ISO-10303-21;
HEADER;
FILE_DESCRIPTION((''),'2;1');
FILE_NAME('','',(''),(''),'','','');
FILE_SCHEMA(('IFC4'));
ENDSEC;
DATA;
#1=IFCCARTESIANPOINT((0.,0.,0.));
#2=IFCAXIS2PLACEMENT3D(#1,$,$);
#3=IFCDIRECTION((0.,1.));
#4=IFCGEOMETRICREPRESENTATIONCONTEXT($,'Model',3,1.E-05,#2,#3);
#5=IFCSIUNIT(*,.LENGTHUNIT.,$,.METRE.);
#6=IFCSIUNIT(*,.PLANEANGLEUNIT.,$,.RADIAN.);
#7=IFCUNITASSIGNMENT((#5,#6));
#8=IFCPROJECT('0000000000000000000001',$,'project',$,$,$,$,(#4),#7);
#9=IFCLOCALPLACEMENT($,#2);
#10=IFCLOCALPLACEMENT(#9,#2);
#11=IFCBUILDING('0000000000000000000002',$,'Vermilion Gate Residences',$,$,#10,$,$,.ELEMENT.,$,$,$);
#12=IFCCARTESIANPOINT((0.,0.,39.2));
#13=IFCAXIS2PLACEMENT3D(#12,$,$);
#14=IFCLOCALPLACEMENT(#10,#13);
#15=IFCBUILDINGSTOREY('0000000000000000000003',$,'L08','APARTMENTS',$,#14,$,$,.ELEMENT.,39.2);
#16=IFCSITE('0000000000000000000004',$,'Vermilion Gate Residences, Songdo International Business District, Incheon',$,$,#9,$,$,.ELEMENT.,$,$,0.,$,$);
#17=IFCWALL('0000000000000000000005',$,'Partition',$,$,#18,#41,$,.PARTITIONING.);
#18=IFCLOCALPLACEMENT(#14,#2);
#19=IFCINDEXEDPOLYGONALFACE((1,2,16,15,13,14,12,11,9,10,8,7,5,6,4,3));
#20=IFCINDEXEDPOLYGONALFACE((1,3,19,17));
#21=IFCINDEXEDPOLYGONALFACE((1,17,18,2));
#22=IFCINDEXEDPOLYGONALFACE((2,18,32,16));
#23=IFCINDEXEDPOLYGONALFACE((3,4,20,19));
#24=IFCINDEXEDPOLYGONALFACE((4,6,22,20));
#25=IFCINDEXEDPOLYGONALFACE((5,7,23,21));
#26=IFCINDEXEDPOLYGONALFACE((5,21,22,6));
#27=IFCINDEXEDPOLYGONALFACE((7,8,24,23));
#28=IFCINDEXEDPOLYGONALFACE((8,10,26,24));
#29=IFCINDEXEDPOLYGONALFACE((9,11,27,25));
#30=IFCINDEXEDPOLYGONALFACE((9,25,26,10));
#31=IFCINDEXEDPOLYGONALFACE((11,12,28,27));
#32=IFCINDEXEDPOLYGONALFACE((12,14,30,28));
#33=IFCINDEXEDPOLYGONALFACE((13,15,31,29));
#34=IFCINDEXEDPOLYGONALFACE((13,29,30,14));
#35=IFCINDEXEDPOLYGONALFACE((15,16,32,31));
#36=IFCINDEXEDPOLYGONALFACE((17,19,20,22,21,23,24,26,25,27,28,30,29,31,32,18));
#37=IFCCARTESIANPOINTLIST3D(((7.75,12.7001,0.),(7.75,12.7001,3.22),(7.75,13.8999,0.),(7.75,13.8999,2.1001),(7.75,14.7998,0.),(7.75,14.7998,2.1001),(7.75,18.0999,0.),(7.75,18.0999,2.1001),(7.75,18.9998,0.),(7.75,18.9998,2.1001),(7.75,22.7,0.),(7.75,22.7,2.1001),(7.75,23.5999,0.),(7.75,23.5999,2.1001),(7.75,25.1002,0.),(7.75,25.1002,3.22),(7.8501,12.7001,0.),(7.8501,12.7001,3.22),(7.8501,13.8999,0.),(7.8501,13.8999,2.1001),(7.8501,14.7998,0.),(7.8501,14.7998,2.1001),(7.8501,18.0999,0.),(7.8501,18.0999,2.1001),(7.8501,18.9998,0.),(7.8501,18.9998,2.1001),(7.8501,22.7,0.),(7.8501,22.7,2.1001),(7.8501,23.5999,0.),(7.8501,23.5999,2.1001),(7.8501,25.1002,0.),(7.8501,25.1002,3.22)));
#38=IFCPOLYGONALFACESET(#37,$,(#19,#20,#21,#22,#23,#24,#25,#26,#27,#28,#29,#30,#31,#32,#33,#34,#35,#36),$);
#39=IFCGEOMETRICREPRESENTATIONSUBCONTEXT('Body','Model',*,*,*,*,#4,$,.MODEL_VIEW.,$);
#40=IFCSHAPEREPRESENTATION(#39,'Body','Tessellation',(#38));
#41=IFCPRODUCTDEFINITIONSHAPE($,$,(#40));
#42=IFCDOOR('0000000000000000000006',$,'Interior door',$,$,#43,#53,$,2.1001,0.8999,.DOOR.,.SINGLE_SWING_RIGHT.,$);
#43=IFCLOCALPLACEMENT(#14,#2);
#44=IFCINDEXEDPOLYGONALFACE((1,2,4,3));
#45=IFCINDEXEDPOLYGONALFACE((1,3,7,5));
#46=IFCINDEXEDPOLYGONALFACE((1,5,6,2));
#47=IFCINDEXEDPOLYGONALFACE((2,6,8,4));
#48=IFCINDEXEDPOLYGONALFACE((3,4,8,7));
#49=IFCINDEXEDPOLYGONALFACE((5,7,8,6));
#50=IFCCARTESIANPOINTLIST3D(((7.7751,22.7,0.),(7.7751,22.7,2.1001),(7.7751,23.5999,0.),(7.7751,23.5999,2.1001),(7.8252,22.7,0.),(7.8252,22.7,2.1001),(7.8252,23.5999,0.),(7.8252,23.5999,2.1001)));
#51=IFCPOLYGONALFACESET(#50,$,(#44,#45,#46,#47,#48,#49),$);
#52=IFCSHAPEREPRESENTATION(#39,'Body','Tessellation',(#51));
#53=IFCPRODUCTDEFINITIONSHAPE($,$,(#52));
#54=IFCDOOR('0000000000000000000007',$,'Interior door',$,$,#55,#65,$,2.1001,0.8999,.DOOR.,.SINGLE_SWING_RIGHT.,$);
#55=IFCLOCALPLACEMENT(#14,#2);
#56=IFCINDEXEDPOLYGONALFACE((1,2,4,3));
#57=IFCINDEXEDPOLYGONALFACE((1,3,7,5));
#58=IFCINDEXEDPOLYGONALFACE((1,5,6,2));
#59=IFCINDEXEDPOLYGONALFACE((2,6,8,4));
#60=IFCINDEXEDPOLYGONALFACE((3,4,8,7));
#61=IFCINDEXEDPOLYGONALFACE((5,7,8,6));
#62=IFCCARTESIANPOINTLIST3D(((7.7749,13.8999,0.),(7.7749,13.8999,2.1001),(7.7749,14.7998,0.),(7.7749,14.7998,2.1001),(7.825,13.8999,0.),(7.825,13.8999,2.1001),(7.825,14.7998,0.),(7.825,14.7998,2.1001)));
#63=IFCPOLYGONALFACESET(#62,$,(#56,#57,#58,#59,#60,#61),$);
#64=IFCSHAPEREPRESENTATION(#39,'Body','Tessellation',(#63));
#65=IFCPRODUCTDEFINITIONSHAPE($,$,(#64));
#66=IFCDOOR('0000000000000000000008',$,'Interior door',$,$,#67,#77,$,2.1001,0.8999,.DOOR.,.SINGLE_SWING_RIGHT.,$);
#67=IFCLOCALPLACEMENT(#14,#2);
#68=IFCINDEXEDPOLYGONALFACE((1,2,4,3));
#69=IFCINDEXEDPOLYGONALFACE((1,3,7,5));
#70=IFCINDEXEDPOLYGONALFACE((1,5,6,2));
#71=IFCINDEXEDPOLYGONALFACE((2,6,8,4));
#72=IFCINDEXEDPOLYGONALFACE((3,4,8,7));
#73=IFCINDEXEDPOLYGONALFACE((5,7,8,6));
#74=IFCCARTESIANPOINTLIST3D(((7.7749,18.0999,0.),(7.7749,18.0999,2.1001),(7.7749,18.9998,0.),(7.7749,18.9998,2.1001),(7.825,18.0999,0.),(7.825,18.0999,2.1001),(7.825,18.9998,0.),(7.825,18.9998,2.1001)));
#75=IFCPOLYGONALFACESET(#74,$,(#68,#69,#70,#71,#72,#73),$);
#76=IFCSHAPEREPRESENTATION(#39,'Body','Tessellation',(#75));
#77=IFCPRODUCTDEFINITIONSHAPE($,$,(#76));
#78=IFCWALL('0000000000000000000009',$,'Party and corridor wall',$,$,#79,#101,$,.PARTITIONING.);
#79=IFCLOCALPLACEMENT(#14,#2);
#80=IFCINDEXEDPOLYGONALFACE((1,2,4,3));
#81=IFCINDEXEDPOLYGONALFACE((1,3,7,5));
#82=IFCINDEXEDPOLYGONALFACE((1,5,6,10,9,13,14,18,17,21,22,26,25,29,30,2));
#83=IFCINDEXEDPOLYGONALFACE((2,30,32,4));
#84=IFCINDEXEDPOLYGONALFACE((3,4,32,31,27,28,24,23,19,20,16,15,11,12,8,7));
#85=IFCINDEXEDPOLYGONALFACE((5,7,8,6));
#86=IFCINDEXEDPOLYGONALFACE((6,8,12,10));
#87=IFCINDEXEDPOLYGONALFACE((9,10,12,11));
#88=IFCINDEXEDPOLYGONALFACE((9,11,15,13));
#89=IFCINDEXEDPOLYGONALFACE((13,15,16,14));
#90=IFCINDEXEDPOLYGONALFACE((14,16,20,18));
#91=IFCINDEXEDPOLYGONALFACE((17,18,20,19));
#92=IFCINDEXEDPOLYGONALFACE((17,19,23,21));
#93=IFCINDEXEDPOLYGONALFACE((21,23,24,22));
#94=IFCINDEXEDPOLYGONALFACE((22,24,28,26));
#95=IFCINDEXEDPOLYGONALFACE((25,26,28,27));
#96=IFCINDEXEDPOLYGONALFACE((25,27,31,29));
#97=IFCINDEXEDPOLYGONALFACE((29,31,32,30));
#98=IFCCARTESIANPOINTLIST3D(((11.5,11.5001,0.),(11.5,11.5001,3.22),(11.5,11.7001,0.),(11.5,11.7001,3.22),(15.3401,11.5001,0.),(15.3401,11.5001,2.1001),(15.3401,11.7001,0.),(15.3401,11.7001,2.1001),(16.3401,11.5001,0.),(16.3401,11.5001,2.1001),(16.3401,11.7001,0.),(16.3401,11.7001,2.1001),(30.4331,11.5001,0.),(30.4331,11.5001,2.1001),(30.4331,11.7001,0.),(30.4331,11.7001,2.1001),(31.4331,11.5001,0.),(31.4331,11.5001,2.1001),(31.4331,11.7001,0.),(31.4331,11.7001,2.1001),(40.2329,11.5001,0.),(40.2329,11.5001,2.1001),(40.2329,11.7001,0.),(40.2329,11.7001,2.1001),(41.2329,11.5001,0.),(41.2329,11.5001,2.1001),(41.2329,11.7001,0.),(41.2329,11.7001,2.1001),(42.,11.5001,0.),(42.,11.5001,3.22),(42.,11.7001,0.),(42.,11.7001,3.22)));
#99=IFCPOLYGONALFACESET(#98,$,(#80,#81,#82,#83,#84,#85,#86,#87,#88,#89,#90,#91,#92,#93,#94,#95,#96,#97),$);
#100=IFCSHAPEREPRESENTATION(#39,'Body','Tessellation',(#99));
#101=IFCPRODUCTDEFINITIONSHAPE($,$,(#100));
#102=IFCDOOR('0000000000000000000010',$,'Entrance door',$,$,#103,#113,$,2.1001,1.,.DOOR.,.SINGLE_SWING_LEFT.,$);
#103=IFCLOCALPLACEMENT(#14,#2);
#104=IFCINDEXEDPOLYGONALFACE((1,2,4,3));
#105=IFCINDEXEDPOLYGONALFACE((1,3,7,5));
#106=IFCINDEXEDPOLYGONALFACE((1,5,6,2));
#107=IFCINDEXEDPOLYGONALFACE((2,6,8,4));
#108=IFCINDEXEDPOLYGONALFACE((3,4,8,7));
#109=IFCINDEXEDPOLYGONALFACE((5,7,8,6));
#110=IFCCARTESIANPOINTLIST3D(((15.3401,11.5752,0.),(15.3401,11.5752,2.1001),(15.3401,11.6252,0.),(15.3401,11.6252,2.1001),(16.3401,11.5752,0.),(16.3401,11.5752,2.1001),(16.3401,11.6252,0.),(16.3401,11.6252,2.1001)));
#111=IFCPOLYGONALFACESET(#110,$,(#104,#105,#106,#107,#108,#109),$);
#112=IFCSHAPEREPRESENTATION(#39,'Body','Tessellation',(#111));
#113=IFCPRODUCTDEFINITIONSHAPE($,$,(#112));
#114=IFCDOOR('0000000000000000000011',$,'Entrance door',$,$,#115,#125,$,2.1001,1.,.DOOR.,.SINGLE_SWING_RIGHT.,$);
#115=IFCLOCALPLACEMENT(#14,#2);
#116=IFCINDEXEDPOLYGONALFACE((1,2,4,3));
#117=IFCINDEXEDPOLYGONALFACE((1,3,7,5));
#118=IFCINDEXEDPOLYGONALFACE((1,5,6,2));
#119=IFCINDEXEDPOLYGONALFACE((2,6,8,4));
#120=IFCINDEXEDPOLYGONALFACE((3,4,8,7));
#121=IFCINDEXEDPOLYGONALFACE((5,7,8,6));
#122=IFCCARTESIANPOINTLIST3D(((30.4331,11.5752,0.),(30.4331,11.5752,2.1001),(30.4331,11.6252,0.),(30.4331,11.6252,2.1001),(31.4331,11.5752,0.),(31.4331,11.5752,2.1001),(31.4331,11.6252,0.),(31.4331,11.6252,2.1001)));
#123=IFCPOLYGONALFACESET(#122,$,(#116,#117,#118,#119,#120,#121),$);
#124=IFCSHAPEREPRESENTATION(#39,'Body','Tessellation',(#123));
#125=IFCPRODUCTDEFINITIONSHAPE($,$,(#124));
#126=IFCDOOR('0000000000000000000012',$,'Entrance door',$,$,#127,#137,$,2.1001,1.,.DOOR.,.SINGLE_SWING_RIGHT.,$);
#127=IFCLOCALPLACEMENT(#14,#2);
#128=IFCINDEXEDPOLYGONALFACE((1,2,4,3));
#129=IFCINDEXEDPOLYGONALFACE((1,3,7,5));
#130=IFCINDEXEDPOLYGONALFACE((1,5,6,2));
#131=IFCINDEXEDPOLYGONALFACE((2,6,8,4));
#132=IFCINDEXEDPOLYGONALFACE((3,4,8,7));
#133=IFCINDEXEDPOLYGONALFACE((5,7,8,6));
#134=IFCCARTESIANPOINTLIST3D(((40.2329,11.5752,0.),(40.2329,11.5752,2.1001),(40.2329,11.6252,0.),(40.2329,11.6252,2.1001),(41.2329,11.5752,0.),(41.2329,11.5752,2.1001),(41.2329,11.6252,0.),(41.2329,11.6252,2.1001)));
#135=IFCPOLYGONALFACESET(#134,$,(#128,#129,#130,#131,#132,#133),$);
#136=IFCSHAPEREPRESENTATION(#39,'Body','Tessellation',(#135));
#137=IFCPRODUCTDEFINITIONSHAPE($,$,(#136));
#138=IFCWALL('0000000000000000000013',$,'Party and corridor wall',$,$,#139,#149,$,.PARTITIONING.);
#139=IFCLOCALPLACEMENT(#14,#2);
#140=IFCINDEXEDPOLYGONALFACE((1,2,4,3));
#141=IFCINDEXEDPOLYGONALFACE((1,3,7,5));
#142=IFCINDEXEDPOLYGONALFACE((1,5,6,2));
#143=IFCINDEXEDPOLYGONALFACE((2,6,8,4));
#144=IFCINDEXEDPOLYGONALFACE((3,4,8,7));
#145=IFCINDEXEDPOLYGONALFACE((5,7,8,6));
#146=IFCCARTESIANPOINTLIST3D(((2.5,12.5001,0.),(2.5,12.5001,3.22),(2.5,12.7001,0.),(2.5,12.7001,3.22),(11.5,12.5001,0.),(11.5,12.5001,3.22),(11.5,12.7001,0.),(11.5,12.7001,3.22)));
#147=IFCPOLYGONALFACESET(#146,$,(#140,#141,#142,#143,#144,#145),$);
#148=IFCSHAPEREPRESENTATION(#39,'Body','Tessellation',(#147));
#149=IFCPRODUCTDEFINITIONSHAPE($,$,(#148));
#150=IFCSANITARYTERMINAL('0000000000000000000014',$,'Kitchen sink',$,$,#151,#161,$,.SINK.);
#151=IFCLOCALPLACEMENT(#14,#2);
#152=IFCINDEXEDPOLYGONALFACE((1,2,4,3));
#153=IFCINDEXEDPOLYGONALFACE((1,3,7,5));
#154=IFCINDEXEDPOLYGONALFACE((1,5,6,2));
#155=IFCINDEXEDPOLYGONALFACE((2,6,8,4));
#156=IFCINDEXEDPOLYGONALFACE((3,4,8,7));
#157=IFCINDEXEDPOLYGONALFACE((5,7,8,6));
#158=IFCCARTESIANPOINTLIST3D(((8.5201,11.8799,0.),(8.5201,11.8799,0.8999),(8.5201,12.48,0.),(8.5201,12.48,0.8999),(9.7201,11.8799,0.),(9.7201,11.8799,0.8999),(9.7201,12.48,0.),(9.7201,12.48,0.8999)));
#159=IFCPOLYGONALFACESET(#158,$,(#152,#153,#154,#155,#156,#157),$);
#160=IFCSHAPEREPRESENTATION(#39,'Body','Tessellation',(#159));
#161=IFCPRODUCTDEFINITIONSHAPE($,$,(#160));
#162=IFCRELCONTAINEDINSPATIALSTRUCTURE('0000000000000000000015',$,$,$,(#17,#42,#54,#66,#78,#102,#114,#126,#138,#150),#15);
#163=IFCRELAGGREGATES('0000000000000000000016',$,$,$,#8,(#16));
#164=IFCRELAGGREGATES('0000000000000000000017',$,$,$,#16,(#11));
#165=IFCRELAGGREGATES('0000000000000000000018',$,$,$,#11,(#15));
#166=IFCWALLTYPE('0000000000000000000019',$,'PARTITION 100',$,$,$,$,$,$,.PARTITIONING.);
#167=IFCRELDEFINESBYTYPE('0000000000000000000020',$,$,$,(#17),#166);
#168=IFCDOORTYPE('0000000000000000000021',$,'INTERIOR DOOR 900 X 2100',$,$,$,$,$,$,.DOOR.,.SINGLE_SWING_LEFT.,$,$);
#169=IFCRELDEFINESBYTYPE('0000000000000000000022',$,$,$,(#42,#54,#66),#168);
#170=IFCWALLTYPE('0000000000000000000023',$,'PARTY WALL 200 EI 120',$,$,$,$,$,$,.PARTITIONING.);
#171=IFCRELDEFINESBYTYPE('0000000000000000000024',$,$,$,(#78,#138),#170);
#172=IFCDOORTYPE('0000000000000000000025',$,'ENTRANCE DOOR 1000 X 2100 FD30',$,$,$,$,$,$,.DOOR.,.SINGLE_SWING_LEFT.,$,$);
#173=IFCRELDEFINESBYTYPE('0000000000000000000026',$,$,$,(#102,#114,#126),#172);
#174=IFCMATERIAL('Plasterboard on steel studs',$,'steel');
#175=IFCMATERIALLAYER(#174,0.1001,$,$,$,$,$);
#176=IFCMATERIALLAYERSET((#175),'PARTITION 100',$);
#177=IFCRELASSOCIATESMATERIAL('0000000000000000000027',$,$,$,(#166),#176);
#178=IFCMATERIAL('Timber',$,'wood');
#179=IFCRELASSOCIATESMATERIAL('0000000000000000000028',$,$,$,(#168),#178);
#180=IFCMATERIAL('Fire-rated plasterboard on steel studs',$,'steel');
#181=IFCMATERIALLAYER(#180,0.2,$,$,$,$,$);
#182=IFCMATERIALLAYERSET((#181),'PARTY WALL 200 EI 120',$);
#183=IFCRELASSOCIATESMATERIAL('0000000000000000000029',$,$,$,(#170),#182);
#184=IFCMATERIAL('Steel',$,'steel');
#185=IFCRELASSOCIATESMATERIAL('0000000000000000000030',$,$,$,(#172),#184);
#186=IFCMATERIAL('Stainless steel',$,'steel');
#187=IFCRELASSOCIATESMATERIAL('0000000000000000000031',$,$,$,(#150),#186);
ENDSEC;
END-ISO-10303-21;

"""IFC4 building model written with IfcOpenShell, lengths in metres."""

from ifc_helpers import new_model, si_unit, direction, frame, frame_2d, origin, origin_2d, place, context, subcontext, project, spatial, rectangle, extrude, material, layer, layer_set, type_object, element, fill, save


model = new_model("IFC4")

# Units and contexts
model_context = context("Model", 3, precision=1e-05, world=origin(), true_north=direction((0.0, 1.0)))
body_context = subcontext(model_context, "Body", "Model", "MODEL_VIEW")
ifc_project = project(units=[si_unit("LENGTHUNIT", "METRE"), si_unit("PLANEANGLEUNIT", "RADIAN")], contexts=[model_context])

# Site, building, storey
site_placement = place(None, origin())
site = spatial("IfcSite", under=ifc_project, at=site_placement, Name="Vermilion Gate Residences, Songdo International Business District, Incheon", CompositionType="ELEMENT", RefElevation=0.0)
building_placement = place(site_placement, origin())
building = spatial("IfcBuilding", under=site, at=building_placement, Name="Vermilion Gate Residences", CompositionType="ELEMENT")
storey_placement = place(building_placement, frame((0.0, 0.0, 39.2)))
storey = spatial("IfcBuildingStorey", under=building, at=storey_placement, Name="L08", Description="APARTMENTS", CompositionType="ELEMENT", Elevation=39.2)

# Shared definitions
ifc_material_1 = material(Name="Plasterboard on steel studs", Category="steel")
ifc_layer_1 = layer(ifc_material_1, 0.1001)
ifc_layer_set_1 = layer_set([ifc_layer_1], Name="PARTITION 100")
wall_type_1 = type_object("IfcWallType", Name="PARTITION 100", PredefinedType="PARTITIONING", material=ifc_layer_set_1)

# Walls, openings, doors
ifc_material_2 = material(Name="Timber", Category="wood")
door_type_1 = type_object("IfcDoorType", Name="INTERIOR DOOR 900 X 2100", OperationType="SINGLE_SWING_LEFT", PredefinedType="DOOR", material=ifc_material_2)
wall_1_placement = place(storey_placement, frame((7.8, 12.7, 0.0), z_axis=(0.0, 0.0, 1.0), x_axis=(0.0, 1.0, 0.0)))
wall_1 = element("IfcWall", 1, at=wall_1_placement, inside=storey, type_object=wall_type_1, Name="Partition", PredefinedType="PARTITIONING", context=body_context, shape_type="SweptSolid", body=[
    extrude(rectangle(XDim=12.4001, YDim=0.1001, at=frame_2d((6.2002, 0.0))), origin(), (0.0, 0.0, 1.0), 3.22),
])
opening_1_placement = place(wall_1_placement, frame((10.0, 0.0, 0.0)))
opening_1 = element("IfcOpeningElement", 2, at=opening_1_placement, cuts=wall_1, PredefinedType="OPENING", context=body_context, shape_type="SweptSolid", body=[
    extrude(rectangle(XDim=0.8999, YDim=2.1001, at=frame_2d((0.45, 1.05))), frame((0.0, 0.0601, 0.0), z_axis=(0.0, -1.0, 0.0), x_axis=(1.0, 0.0, 0.0)), (0.0, 0.0, 1.0), 0.1201),
])
opening_2_placement = place(wall_1_placement, frame((1.2, 0.0, 0.0)))
opening_2 = element("IfcOpeningElement", 3, at=opening_2_placement, cuts=wall_1, PredefinedType="OPENING", context=body_context, shape_type="SweptSolid", body=[
    extrude(rectangle(XDim=0.8999, YDim=2.1001, at=frame_2d((0.45, 1.05))), frame((0.0, 0.0601, 0.0), z_axis=(0.0, -1.0, 0.0), x_axis=(1.0, 0.0, 0.0)), (0.0, 0.0, 1.0), 0.1201),
])
opening_3_placement = place(wall_1_placement, frame((5.3999, 0.0, 0.0)))
opening_3 = element("IfcOpeningElement", 4, at=opening_3_placement, cuts=wall_1, PredefinedType="OPENING", context=body_context, shape_type="SweptSolid", body=[
    extrude(rectangle(XDim=0.8999, YDim=2.1001, at=frame_2d((0.45, 1.05))), frame((0.0, 0.0601, 0.0), z_axis=(0.0, -1.0, 0.0), x_axis=(1.0, 0.0, 0.0)), (0.0, 0.0, 1.0), 0.1201),
])
door_1_placement = place(opening_1_placement, origin())
door_1 = element("IfcDoor", 5, at=door_1_placement, inside=storey, type_object=door_type_1, Name="Interior door", OperationType="SINGLE_SWING_RIGHT", OverallHeight=2.1001, OverallWidth=0.8999, PredefinedType="DOOR", context=body_context, shape_type="SweptSolid", body=[
    extrude(rectangle(XDim=0.8999, YDim=2.1001, at=frame_2d((0.45, 1.05))), frame((0.0, 0.0249, 0.0), z_axis=(0.0, -1.0, 0.0), x_axis=(1.0, 0.0, 0.0)), (0.0, 0.0, 1.0), 0.05),
])
fill(opening_1, door_1)
door_2_placement = place(opening_2_placement, frame((0.8999, 0.0, 0.0), z_axis=(0.0, 0.0, 1.0), x_axis=(-1.0, 0.0, 0.0)))
door_2 = element("IfcDoor", 6, at=door_2_placement, inside=storey, type_object=door_type_1, Name="Interior door", OperationType="SINGLE_SWING_RIGHT", OverallHeight=2.1001, OverallWidth=0.8999, PredefinedType="DOOR", context=body_context, shape_type="SweptSolid", body=[
    extrude(rectangle(XDim=0.8999, YDim=2.1001, at=frame_2d((0.45, 1.05))), frame((0.0, 0.0249, 0.0), z_axis=(0.0, -1.0, 0.0), x_axis=(1.0, 0.0, 0.0)), (0.0, 0.0, 1.0), 0.05),
])
fill(opening_2, door_2)
door_3_placement = place(opening_3_placement, frame((0.8999, 0.0, 0.0), z_axis=(0.0, 0.0, 1.0), x_axis=(-1.0, 0.0, 0.0)))
door_3 = element("IfcDoor", 7, at=door_3_placement, inside=storey, type_object=door_type_1, Name="Interior door", OperationType="SINGLE_SWING_RIGHT", OverallHeight=2.1001, OverallWidth=0.8999, PredefinedType="DOOR", context=body_context, shape_type="SweptSolid", body=[
    extrude(rectangle(XDim=0.8999, YDim=2.1001, at=frame_2d((0.45, 1.05))), frame((0.0, 0.0249, 0.0), z_axis=(0.0, -1.0, 0.0), x_axis=(1.0, 0.0, 0.0)), (0.0, 0.0, 1.0), 0.05),
])
fill(opening_3, door_3)
ifc_material_3 = material(Name="Fire-rated plasterboard on steel studs", Category="steel")
ifc_layer_2 = layer(ifc_material_3, 0.2)
ifc_layer_set_2 = layer_set([ifc_layer_2], Name="PARTY WALL 200 EI 120")
wall_type_2 = type_object("IfcWallType", Name="PARTY WALL 200 EI 120", PredefinedType="PARTITIONING", material=ifc_layer_set_2)
wall_2_placement = place(storey_placement, frame((11.5, 11.6001, 0.0), z_axis=(0.0, 0.0, 1.0), x_axis=(1.0, 0.0, 0.0)))
wall_2 = element("IfcWall", 8, at=wall_2_placement, inside=storey, type_object=wall_type_2, Name="Party and corridor wall", PredefinedType="PARTITIONING", context=body_context, shape_type="SweptSolid", body=[
    extrude(rectangle(XDim=30.5, YDim=0.2, at=frame_2d((15.25, 0.0))), origin(), (0.0, 0.0, 1.0), 3.22),
])
opening_4_placement = place(wall_2_placement, frame((3.8401, 0.0, 0.0)))
opening_4 = element("IfcOpeningElement", 9, at=opening_4_placement, cuts=wall_2, PredefinedType="OPENING", context=body_context, shape_type="SweptSolid", body=[
    extrude(rectangle(XDim=1.0, YDim=2.1001, at=frame_2d((0.5, 1.05))), frame((0.0, 0.1099, 0.0), z_axis=(0.0, -1.0, 0.0), x_axis=(1.0, 0.0, 0.0)), (0.0, 0.0, 1.0), 0.22),
])
opening_5_placement = place(wall_2_placement, frame((18.9331, 0.0, 0.0)))
opening_5 = element("IfcOpeningElement", 10, at=opening_5_placement, cuts=wall_2, PredefinedType="OPENING", context=body_context, shape_type="SweptSolid", body=[
    extrude(rectangle(XDim=1.0, YDim=2.1001, at=frame_2d((0.5, 1.05))), frame((0.0, 0.1099, 0.0), z_axis=(0.0, -1.0, 0.0), x_axis=(1.0, 0.0, 0.0)), (0.0, 0.0, 1.0), 0.22),
])
opening_6_placement = place(wall_2_placement, frame((28.7329, 0.0, 0.0)))
opening_6 = element("IfcOpeningElement", 11, at=opening_6_placement, cuts=wall_2, PredefinedType="OPENING", context=body_context, shape_type="SweptSolid", body=[
    extrude(rectangle(XDim=1.0, YDim=2.1001, at=frame_2d((0.5, 1.05))), frame((0.0, 0.1099, 0.0), z_axis=(0.0, -1.0, 0.0), x_axis=(1.0, 0.0, 0.0)), (0.0, 0.0, 1.0), 0.22),
])
ifc_material_4 = material(Name="Steel", Category="steel")
door_type_2 = type_object("IfcDoorType", Name="ENTRANCE DOOR 1000 X 2100 FD30", OperationType="SINGLE_SWING_LEFT", PredefinedType="DOOR", material=ifc_material_4)
door_4_placement = place(opening_4_placement, frame((1.0, 0.0, 0.0), z_axis=(0.0, 0.0, 1.0), x_axis=(-1.0, 0.0, 0.0)))
door_4 = element("IfcDoor", 12, at=door_4_placement, inside=storey, type_object=door_type_2, Name="Entrance door", OperationType="SINGLE_SWING_LEFT", OverallHeight=2.1001, OverallWidth=1.0, PredefinedType="DOOR", context=body_context, shape_type="SweptSolid", body=[
    extrude(rectangle(XDim=1.0, YDim=2.1001, at=frame_2d((0.5, 1.05))), frame((0.0, 0.0249, 0.0), z_axis=(0.0, -1.0, 0.0), x_axis=(1.0, 0.0, 0.0)), (0.0, 0.0, 1.0), 0.05),
])
fill(opening_4, door_4)
door_5_placement = place(opening_5_placement, frame((1.0, 0.0, 0.0), z_axis=(0.0, 0.0, 1.0), x_axis=(-1.0, 0.0, 0.0)))
door_5 = element("IfcDoor", 13, at=door_5_placement, inside=storey, type_object=door_type_2, Name="Entrance door", OperationType="SINGLE_SWING_RIGHT", OverallHeight=2.1001, OverallWidth=1.0, PredefinedType="DOOR", context=body_context, shape_type="SweptSolid", body=[
    extrude(rectangle(XDim=1.0, YDim=2.1001, at=frame_2d((0.5, 1.05))), frame((0.0, 0.0249, 0.0), z_axis=(0.0, -1.0, 0.0), x_axis=(1.0, 0.0, 0.0)), (0.0, 0.0, 1.0), 0.05),
])
fill(opening_5, door_5)
door_6_placement = place(opening_6_placement, frame((1.0, 0.0, 0.0), z_axis=(0.0, 0.0, 1.0), x_axis=(-1.0, 0.0, 0.0)))
door_6 = element("IfcDoor", 14, at=door_6_placement, inside=storey, type_object=door_type_2, Name="Entrance door", OperationType="SINGLE_SWING_RIGHT", OverallHeight=2.1001, OverallWidth=1.0, PredefinedType="DOOR", context=body_context, shape_type="SweptSolid", body=[
    extrude(rectangle(XDim=1.0, YDim=2.1001, at=frame_2d((0.5, 1.05))), frame((0.0, 0.0249, 0.0), z_axis=(0.0, -1.0, 0.0), x_axis=(1.0, 0.0, 0.0)), (0.0, 0.0, 1.0), 0.05),
])
fill(opening_6, door_6)

# Wall
wall_3_placement = place(storey_placement, frame((2.5, 12.6001, 0.0), z_axis=(0.0, 0.0, 1.0), x_axis=(1.0, 0.0, 0.0)))
element("IfcWall", 15, at=wall_3_placement, inside=storey, type_object=wall_type_2, Name="Party and corridor wall", PredefinedType="PARTITIONING", context=body_context, shape_type="SweptSolid", body=[
    extrude(rectangle(XDim=9.0, YDim=0.2, at=frame_2d((4.5, 0.0))), origin(), (0.0, 0.0, 1.0), 3.22),
])

# Sanitary terminal
ifc_material_5 = material(Name="Stainless steel", Category="steel")
sanitary_terminal_1_placement = place(storey_placement, frame((9.1201, 12.1799, 0.0), z_axis=(0.0, 0.0, 1.0), x_axis=(1.0, 0.0, 0.0)))
element("IfcSanitaryTerminal", 16, at=sanitary_terminal_1_placement, inside=storey, material=ifc_material_5, Name="Kitchen sink", PredefinedType="SINK", context=body_context, shape_type="SweptSolid", body=[
    extrude(rectangle(XDim=1.2, YDim=0.6001, at=origin_2d()), origin(), (0.0, 0.0, 1.0), 0.8999),
])

save(model, "model.ifc")
